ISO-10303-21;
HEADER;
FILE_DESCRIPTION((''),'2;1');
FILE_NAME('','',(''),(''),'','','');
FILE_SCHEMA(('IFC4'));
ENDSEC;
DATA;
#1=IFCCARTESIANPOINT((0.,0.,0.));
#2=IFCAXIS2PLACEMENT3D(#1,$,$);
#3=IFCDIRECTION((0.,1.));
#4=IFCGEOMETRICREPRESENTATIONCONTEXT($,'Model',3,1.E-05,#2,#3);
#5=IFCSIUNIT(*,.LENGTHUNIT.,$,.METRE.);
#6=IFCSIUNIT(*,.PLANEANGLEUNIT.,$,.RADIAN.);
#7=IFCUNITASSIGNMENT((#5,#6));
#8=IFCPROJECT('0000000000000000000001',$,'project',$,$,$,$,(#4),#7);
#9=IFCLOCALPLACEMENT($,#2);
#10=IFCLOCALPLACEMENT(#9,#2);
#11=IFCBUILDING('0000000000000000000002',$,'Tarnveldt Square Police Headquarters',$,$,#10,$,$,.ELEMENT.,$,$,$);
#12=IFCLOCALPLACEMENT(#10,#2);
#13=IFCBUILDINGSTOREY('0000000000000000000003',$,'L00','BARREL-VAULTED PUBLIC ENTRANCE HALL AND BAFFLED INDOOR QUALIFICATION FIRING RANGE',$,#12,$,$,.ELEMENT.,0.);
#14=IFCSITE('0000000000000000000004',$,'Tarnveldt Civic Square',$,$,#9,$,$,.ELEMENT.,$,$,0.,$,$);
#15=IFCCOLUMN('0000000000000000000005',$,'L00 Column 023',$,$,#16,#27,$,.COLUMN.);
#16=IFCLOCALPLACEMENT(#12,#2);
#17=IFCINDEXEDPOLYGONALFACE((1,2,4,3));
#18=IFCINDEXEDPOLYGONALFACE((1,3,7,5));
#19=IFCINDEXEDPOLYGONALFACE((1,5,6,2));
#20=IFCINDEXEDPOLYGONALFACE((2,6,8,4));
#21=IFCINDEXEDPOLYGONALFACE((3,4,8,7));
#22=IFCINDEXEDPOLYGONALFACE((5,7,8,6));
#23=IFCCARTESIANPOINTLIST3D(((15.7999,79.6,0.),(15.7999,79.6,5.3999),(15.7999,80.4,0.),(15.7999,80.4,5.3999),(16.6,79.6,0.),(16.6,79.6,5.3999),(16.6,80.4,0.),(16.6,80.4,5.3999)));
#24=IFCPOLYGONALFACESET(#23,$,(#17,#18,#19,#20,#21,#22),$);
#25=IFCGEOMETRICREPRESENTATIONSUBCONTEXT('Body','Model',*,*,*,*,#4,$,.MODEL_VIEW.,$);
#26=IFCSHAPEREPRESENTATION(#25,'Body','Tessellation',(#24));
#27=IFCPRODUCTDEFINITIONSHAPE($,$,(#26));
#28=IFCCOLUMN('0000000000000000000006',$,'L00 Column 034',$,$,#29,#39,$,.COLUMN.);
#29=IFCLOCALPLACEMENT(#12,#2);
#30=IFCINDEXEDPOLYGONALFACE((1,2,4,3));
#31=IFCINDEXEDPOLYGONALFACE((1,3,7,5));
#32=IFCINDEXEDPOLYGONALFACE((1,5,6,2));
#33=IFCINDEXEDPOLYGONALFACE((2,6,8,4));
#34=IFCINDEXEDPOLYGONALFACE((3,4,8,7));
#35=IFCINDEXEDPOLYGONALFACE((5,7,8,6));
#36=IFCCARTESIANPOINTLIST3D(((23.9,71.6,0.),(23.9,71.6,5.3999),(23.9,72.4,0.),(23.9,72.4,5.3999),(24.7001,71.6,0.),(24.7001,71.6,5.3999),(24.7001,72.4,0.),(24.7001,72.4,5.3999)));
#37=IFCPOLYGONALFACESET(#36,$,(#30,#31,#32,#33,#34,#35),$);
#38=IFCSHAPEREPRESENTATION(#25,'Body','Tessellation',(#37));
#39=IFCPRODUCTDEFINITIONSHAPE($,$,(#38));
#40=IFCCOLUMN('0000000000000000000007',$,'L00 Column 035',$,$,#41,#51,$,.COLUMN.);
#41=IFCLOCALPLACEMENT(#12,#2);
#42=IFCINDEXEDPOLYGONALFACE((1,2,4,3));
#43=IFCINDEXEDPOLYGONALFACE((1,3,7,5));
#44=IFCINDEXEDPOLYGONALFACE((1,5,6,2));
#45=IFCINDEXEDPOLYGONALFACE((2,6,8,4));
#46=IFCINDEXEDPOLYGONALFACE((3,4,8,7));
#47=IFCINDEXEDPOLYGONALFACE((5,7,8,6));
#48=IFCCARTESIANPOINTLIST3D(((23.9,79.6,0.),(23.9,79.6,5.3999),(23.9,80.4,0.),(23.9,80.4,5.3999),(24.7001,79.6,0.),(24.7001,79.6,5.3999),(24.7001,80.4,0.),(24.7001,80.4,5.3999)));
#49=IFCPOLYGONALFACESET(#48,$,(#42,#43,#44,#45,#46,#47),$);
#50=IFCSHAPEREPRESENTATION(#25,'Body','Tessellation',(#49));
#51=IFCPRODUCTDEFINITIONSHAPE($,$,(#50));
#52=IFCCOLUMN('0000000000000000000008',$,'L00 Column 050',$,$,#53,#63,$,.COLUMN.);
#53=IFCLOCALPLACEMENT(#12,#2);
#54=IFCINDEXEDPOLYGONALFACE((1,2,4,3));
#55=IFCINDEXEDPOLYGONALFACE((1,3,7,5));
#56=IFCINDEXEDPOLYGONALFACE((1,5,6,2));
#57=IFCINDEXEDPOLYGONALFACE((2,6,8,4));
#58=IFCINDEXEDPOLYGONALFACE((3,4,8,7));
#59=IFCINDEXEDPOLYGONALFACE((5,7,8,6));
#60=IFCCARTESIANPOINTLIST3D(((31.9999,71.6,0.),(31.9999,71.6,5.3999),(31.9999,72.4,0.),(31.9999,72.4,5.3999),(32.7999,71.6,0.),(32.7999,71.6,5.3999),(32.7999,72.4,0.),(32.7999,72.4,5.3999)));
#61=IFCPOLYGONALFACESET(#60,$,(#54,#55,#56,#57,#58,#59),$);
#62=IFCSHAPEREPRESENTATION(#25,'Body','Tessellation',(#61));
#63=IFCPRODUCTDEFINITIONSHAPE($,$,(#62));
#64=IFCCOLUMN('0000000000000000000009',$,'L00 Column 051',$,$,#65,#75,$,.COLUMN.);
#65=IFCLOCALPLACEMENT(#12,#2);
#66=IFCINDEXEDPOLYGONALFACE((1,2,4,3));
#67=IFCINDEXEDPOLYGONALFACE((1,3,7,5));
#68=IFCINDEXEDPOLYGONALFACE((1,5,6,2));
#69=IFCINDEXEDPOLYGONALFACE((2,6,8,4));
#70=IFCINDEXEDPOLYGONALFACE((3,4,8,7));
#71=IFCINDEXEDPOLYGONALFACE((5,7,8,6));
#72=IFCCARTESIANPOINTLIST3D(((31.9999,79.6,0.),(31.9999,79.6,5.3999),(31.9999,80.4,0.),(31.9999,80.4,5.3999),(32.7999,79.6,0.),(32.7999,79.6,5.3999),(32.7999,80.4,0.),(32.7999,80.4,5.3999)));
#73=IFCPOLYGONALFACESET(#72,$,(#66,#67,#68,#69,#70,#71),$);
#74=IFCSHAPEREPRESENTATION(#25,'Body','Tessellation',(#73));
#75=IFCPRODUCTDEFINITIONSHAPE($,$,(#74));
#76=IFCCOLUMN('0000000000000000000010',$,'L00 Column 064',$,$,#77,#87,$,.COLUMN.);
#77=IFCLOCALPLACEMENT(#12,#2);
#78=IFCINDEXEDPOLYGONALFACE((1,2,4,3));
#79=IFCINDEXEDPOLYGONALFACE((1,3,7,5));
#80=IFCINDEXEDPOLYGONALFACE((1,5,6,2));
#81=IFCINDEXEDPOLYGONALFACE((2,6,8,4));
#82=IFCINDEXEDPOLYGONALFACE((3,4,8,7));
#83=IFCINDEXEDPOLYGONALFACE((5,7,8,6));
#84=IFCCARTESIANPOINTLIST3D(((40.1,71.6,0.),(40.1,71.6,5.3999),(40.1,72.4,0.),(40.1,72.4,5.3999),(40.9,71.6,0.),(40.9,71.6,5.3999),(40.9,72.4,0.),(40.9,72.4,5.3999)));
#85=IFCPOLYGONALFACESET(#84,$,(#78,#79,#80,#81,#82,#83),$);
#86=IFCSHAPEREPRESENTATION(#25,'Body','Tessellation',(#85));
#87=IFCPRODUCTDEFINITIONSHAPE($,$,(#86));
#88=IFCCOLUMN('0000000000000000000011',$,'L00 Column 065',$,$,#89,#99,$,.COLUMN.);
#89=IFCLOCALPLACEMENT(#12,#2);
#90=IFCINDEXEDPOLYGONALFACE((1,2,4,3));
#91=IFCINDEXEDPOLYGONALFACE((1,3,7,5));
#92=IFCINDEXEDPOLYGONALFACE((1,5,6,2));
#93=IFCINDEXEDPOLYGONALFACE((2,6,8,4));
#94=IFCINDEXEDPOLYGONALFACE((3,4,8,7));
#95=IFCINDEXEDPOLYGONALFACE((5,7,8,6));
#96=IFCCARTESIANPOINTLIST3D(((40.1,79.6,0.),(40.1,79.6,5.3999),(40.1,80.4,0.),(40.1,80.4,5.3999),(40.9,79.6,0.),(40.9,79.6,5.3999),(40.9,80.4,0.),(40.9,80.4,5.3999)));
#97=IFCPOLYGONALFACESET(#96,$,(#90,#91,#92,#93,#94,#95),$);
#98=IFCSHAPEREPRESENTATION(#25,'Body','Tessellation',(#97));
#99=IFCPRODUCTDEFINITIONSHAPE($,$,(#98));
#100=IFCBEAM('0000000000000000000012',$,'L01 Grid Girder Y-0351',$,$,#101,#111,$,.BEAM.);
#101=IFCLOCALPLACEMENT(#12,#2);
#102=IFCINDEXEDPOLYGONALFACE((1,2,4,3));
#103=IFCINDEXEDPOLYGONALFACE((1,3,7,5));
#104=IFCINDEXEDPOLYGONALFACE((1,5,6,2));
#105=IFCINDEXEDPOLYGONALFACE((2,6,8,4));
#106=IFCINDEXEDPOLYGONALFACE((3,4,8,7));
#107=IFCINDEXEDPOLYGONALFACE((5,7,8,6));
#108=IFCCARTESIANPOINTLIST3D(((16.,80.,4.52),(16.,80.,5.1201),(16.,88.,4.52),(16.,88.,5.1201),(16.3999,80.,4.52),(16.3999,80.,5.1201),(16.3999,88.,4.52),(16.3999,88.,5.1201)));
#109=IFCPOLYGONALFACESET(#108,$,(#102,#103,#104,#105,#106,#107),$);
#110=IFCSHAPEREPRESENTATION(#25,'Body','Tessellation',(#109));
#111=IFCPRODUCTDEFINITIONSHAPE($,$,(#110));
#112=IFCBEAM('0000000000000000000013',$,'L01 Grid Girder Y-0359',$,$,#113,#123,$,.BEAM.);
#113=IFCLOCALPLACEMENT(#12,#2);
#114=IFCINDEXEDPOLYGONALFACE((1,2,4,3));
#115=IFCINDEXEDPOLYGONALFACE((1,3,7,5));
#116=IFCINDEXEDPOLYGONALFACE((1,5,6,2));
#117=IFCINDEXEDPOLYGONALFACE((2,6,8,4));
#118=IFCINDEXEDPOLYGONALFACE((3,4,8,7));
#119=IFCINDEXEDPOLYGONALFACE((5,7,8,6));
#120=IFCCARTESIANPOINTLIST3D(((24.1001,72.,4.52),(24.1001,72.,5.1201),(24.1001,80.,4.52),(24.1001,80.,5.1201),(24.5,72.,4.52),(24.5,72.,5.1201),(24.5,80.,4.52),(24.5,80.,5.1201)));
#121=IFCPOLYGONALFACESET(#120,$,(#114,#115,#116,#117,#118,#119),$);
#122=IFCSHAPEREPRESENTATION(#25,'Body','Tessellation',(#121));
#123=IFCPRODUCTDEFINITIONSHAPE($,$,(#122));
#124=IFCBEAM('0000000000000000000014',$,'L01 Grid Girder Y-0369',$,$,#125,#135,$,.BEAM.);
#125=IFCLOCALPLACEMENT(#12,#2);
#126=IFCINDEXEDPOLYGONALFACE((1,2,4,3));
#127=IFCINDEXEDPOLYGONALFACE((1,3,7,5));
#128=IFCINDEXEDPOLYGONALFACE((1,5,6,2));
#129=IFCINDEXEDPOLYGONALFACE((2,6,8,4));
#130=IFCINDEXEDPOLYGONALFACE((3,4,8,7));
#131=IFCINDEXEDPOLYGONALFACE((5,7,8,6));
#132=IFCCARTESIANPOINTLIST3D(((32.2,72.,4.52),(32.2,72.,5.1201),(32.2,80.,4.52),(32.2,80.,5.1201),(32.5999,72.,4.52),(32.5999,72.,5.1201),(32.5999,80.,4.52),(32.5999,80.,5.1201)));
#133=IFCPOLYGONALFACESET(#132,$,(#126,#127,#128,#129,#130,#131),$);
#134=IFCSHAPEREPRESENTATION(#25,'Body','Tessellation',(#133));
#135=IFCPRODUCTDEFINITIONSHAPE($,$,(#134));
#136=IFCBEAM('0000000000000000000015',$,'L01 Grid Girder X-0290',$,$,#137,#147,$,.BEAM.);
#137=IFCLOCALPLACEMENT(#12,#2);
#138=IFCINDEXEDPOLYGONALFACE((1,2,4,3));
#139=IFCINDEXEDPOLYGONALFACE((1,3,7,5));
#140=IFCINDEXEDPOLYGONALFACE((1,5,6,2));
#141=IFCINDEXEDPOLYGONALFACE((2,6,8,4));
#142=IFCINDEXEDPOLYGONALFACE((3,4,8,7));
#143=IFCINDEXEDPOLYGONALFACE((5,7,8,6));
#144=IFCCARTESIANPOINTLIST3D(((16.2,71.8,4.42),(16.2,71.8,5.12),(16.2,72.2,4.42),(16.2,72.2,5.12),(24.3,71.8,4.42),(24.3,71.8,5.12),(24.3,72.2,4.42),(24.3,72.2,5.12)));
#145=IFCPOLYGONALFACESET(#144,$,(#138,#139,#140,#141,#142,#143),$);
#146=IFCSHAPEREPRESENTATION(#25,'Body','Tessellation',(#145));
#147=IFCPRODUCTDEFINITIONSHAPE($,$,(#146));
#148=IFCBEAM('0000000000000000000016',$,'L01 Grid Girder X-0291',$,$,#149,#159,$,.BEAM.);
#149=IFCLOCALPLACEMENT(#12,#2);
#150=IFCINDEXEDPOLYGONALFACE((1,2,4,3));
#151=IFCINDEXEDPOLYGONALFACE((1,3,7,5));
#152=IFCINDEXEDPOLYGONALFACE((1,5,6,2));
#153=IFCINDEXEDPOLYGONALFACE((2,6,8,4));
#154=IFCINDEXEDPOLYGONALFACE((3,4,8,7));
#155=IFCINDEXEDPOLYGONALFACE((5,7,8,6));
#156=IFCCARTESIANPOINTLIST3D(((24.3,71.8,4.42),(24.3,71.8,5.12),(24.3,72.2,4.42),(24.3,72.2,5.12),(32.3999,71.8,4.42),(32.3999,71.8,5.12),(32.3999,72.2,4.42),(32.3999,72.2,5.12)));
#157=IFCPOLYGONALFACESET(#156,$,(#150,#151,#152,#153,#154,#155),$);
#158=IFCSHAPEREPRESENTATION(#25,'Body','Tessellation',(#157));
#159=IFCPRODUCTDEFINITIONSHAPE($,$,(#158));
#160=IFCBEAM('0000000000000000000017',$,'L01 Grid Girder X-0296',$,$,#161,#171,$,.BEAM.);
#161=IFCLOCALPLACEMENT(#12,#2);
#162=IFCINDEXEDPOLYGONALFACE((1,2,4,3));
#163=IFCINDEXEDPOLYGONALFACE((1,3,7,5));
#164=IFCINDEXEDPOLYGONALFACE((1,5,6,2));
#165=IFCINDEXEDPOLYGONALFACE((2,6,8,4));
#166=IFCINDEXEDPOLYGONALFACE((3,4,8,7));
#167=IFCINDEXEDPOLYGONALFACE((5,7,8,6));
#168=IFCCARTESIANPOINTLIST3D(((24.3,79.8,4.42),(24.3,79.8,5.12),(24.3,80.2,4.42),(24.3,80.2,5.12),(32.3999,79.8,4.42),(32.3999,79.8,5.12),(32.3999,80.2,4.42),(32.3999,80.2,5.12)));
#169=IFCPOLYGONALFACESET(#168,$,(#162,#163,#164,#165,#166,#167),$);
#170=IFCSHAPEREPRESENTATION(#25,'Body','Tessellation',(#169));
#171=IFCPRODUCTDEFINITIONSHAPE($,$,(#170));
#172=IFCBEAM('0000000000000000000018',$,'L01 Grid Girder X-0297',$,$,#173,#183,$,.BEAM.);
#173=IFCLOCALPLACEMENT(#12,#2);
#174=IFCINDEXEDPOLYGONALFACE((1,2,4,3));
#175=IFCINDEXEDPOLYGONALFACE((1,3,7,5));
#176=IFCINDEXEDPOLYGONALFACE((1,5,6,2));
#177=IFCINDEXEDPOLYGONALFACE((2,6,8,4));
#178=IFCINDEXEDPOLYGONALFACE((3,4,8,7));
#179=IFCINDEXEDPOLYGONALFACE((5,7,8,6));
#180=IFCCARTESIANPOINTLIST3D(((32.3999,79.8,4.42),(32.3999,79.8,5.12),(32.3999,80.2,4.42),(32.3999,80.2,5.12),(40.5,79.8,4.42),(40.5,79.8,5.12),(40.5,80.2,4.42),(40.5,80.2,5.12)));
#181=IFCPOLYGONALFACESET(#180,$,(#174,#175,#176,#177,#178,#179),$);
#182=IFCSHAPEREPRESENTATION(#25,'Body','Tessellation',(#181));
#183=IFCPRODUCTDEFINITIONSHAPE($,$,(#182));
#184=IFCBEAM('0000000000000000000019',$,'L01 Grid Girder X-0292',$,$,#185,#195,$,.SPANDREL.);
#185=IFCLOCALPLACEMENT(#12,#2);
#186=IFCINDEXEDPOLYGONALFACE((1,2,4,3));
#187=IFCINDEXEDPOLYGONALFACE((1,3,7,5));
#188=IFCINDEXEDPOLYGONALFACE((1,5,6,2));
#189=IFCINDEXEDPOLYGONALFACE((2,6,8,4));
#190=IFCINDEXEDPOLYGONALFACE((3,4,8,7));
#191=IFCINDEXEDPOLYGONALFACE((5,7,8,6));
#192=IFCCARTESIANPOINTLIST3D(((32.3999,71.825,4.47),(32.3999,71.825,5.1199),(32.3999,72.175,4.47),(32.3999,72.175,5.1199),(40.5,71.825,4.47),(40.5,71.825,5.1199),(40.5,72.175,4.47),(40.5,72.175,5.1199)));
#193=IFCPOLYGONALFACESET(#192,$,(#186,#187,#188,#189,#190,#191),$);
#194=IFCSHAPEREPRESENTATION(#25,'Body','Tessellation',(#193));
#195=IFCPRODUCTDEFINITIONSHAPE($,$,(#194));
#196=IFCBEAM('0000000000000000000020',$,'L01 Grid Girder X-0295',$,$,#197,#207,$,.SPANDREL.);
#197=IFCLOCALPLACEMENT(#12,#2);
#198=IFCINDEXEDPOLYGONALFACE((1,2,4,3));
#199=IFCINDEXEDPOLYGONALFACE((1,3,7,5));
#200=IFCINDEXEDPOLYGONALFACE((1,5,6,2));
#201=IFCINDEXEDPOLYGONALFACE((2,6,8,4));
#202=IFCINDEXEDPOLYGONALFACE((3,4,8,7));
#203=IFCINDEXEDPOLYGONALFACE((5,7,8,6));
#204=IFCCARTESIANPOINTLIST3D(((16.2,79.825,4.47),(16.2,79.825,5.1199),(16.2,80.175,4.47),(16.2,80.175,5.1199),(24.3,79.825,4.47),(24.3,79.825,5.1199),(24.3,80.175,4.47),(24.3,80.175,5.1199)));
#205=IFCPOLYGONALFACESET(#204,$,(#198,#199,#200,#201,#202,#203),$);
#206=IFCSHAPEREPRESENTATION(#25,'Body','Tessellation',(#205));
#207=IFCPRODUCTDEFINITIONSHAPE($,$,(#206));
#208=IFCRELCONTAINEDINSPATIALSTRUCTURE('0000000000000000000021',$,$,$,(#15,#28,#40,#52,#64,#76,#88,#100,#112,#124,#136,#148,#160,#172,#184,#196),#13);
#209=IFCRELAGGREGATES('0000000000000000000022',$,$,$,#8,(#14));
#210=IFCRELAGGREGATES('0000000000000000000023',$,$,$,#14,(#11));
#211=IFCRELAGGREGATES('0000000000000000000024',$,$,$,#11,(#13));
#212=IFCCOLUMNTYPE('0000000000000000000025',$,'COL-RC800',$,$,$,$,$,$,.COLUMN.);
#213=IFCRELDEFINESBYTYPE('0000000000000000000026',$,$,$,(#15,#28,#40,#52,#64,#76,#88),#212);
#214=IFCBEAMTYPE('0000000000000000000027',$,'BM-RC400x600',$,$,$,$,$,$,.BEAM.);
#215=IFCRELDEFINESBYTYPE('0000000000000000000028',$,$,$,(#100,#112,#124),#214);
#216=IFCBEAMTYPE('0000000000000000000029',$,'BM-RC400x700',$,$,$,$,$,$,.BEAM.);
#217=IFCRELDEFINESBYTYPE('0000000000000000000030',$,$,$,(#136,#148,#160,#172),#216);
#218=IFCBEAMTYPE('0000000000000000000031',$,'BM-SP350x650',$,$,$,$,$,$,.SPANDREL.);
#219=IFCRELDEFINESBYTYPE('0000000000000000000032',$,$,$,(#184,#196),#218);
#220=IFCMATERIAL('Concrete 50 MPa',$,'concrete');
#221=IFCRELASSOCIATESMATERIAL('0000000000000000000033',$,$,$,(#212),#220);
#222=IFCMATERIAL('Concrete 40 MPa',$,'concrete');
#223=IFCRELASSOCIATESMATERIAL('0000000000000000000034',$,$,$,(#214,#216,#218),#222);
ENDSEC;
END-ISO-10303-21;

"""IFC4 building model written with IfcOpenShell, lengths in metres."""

from ifc_helpers import new_model, si_unit, direction, frame, origin, origin_2d, place, context, subcontext, project, spatial, rectangle, extrude, material, material_profile, profile_set, type_object, element, save


model = new_model("IFC4")

# Units and contexts
model_context = context("Model", 3, precision=1e-05, world=origin(), true_north=direction((0.0, 1.0)))
body_context = subcontext(model_context, "Body", "Model", "MODEL_VIEW")
ifc_project = project(units=[si_unit("LENGTHUNIT", "METRE"), si_unit("PLANEANGLEUNIT", "RADIAN")], contexts=[model_context])

# Site, building, storey
site_placement = place(None, origin())
site = spatial("IfcSite", under=ifc_project, at=site_placement, Name="Tarnveldt Civic Square", CompositionType="ELEMENT", RefElevation=0.0)
building_placement = place(site_placement, origin())
building = spatial("IfcBuilding", under=site, at=building_placement, Name="Tarnveldt Square Police Headquarters", CompositionType="ELEMENT")
storey_placement = place(building_placement, origin())
storey = spatial("IfcBuildingStorey", under=building, at=storey_placement, Name="L00", Description="BARREL-VAULTED PUBLIC ENTRANCE HALL AND BAFFLED INDOOR QUALIFICATION FIRING RANGE", CompositionType="ELEMENT", Elevation=0.0)

# Columns
ifc_material_1 = material(Name="Concrete 50 MPa", Category="concrete")
ifc_material_profile_1 = material_profile(ifc_material_1, rectangle(XDim=0.8, YDim=0.8, at=origin_2d()), Name="RC-C800x800")
ifc_profile_set_1 = profile_set([ifc_material_profile_1], Name="Concrete 50 MPa")
column_type = type_object("IfcColumnType", Name="COL-RC800", PredefinedType="COLUMN", material=ifc_profile_set_1)
for number, where, z_axis, x_axis, name in (
    (1, (16.2, 80.0, 0.0), (0.0, 0.0, 1.0), (1.0, 0.0, 0.0), "L00 Column 023"),
    (2, (24.3, 72.0, 0.0), (0.0, 0.0, 1.0), (1.0, 0.0, 0.0), "L00 Column 034"),
    (3, (24.3, 80.0, 0.0), (0.0, 0.0, 1.0), (1.0, 0.0, 0.0), "L00 Column 035"),
    (4, (32.3999, 72.0, 0.0), (0.0, 0.0, 1.0), (1.0, 0.0, 0.0), "L00 Column 050"),
    (5, (32.3999, 80.0, 0.0), (0.0, 0.0, 1.0), (1.0, 0.0, 0.0), "L00 Column 051"),
    (6, (40.5, 72.0, 0.0), (0.0, 0.0, 1.0), (1.0, 0.0, 0.0), "L00 Column 064"),
    (7, (40.5, 80.0, 0.0), (0.0, 0.0, 1.0), (1.0, 0.0, 0.0), "L00 Column 065"),
):
    element("IfcColumn", number, at=place(storey_placement, frame(where, z_axis=z_axis, x_axis=x_axis)), inside=storey, type_object=column_type, Name=name, PredefinedType="COLUMN", context=body_context, shape_type="SweptSolid", body=[
        extrude(rectangle(XDim=0.8, YDim=0.8, at=origin_2d()), origin(), (0.0, 0.0, 1.0), 5.3999),
    ])

# Beams
ifc_material_2 = material(Name="Concrete 40 MPa", Category="concrete")
ifc_material_profile_2 = material_profile(ifc_material_2, rectangle(XDim=0.3999, YDim=0.6001, at=origin_2d()), Name="RC-B400x600")
ifc_profile_set_2 = profile_set([ifc_material_profile_2], Name="Concrete 40 MPa")
beam_type_1 = type_object("IfcBeamType", Name="BM-RC400x600", PredefinedType="BEAM", material=ifc_profile_set_2)
for number, where, z_axis, x_axis, name in (
    (8, (16.2, 80.0, 4.8201), (0.0, 1.0, 0.0), (-1.0, 0.0, 0.0), "L01 Grid Girder Y-0351"),
    (9, (24.3, 72.0, 4.8201), (0.0, 1.0, 0.0), (-1.0, 0.0, 0.0), "L01 Grid Girder Y-0359"),
    (10, (32.3999, 72.0, 4.8201), (0.0, 1.0, 0.0), (-1.0, 0.0, 0.0), "L01 Grid Girder Y-0369"),
):
    element("IfcBeam", number, at=place(storey_placement, frame(where, z_axis=z_axis, x_axis=x_axis)), inside=storey, type_object=beam_type_1, Name=name, PredefinedType="BEAM", context=body_context, shape_type="SweptSolid", body=[
        extrude(rectangle(XDim=0.3999, YDim=0.6001, at=origin_2d()), origin(), (0.0, 0.0, 1.0), 8.0),
    ])
ifc_material_profile_3 = material_profile(ifc_material_2, rectangle(XDim=0.3999, YDim=0.7, at=origin_2d()), Name="RC-B400x700")
ifc_profile_set_3 = profile_set([ifc_material_profile_3], Name="Concrete 40 MPa")
beam_type_2 = type_object("IfcBeamType", Name="BM-RC400x700", PredefinedType="BEAM", material=ifc_profile_set_3)
beam_1_placement = place(storey_placement, frame((16.2, 72.0, 4.77), z_axis=(1.0, 0.0, 0.0), x_axis=(0.0, 1.0, 0.0)))
element("IfcBeam", 11, at=beam_1_placement, inside=storey, type_object=beam_type_2, Name="L01 Grid Girder X-0290", PredefinedType="BEAM", context=body_context, shape_type="SweptSolid", body=[
    extrude(rectangle(XDim=0.3999, YDim=0.7, at=origin_2d()), origin(), (0.0, 0.0, 1.0), 8.1001),
])
for number, where, z_axis, x_axis, name in (
    (12, (24.3, 72.0, 4.77), (1.0, 0.0, 0.0), (0.0, 1.0, 0.0), "L01 Grid Girder X-0291"),
    (13, (24.3, 80.0, 4.77), (1.0, 0.0, 0.0), (0.0, 1.0, 0.0), "L01 Grid Girder X-0296"),
):
    element("IfcBeam", number, at=place(storey_placement, frame(where, z_axis=z_axis, x_axis=x_axis)), inside=storey, type_object=beam_type_2, Name=name, PredefinedType="BEAM", context=body_context, shape_type="SweptSolid", body=[
        extrude(rectangle(XDim=0.3999, YDim=0.7, at=origin_2d()), origin(), (0.0, 0.0, 1.0), 8.0999),
    ])
beam_2_placement = place(storey_placement, frame((32.3999, 80.0, 4.77), z_axis=(1.0, 0.0, 0.0), x_axis=(0.0, 1.0, 0.0)))
element("IfcBeam", 14, at=beam_2_placement, inside=storey, type_object=beam_type_2, Name="L01 Grid Girder X-0297", PredefinedType="BEAM", context=body_context, shape_type="SweptSolid", body=[
    extrude(rectangle(XDim=0.3999, YDim=0.7, at=origin_2d()), origin(), (0.0, 0.0, 1.0), 8.1001),
])
ifc_material_profile_4 = material_profile(ifc_material_2, rectangle(XDim=0.3501, YDim=0.6499, at=origin_2d()), Name="RC-SP350x650")
ifc_profile_set_4 = profile_set([ifc_material_profile_4], Name="Concrete 40 MPa")
beam_type_3 = type_object("IfcBeamType", Name="BM-SP350x650", PredefinedType="SPANDREL", material=ifc_profile_set_4)
for number, where, z_axis, x_axis, name in (
    (15, (32.3999, 72.0, 4.7949), (1.0, 0.0, 0.0), (0.0, 1.0, 0.0), "L01 Grid Girder X-0292"),
    (16, (16.2, 80.0, 4.7949), (1.0, 0.0, 0.0), (0.0, 1.0, 0.0), "L01 Grid Girder X-0295"),
):
    element("IfcBeam", number, at=place(storey_placement, frame(where, z_axis=z_axis, x_axis=x_axis)), inside=storey, type_object=beam_type_3, Name=name, PredefinedType="SPANDREL", context=body_context, shape_type="SweptSolid", body=[
        extrude(rectangle(XDim=0.3501, YDim=0.6499, at=origin_2d()), origin(), (0.0, 0.0, 1.0), 8.1001),
    ])

save(model, "model.ifc")
